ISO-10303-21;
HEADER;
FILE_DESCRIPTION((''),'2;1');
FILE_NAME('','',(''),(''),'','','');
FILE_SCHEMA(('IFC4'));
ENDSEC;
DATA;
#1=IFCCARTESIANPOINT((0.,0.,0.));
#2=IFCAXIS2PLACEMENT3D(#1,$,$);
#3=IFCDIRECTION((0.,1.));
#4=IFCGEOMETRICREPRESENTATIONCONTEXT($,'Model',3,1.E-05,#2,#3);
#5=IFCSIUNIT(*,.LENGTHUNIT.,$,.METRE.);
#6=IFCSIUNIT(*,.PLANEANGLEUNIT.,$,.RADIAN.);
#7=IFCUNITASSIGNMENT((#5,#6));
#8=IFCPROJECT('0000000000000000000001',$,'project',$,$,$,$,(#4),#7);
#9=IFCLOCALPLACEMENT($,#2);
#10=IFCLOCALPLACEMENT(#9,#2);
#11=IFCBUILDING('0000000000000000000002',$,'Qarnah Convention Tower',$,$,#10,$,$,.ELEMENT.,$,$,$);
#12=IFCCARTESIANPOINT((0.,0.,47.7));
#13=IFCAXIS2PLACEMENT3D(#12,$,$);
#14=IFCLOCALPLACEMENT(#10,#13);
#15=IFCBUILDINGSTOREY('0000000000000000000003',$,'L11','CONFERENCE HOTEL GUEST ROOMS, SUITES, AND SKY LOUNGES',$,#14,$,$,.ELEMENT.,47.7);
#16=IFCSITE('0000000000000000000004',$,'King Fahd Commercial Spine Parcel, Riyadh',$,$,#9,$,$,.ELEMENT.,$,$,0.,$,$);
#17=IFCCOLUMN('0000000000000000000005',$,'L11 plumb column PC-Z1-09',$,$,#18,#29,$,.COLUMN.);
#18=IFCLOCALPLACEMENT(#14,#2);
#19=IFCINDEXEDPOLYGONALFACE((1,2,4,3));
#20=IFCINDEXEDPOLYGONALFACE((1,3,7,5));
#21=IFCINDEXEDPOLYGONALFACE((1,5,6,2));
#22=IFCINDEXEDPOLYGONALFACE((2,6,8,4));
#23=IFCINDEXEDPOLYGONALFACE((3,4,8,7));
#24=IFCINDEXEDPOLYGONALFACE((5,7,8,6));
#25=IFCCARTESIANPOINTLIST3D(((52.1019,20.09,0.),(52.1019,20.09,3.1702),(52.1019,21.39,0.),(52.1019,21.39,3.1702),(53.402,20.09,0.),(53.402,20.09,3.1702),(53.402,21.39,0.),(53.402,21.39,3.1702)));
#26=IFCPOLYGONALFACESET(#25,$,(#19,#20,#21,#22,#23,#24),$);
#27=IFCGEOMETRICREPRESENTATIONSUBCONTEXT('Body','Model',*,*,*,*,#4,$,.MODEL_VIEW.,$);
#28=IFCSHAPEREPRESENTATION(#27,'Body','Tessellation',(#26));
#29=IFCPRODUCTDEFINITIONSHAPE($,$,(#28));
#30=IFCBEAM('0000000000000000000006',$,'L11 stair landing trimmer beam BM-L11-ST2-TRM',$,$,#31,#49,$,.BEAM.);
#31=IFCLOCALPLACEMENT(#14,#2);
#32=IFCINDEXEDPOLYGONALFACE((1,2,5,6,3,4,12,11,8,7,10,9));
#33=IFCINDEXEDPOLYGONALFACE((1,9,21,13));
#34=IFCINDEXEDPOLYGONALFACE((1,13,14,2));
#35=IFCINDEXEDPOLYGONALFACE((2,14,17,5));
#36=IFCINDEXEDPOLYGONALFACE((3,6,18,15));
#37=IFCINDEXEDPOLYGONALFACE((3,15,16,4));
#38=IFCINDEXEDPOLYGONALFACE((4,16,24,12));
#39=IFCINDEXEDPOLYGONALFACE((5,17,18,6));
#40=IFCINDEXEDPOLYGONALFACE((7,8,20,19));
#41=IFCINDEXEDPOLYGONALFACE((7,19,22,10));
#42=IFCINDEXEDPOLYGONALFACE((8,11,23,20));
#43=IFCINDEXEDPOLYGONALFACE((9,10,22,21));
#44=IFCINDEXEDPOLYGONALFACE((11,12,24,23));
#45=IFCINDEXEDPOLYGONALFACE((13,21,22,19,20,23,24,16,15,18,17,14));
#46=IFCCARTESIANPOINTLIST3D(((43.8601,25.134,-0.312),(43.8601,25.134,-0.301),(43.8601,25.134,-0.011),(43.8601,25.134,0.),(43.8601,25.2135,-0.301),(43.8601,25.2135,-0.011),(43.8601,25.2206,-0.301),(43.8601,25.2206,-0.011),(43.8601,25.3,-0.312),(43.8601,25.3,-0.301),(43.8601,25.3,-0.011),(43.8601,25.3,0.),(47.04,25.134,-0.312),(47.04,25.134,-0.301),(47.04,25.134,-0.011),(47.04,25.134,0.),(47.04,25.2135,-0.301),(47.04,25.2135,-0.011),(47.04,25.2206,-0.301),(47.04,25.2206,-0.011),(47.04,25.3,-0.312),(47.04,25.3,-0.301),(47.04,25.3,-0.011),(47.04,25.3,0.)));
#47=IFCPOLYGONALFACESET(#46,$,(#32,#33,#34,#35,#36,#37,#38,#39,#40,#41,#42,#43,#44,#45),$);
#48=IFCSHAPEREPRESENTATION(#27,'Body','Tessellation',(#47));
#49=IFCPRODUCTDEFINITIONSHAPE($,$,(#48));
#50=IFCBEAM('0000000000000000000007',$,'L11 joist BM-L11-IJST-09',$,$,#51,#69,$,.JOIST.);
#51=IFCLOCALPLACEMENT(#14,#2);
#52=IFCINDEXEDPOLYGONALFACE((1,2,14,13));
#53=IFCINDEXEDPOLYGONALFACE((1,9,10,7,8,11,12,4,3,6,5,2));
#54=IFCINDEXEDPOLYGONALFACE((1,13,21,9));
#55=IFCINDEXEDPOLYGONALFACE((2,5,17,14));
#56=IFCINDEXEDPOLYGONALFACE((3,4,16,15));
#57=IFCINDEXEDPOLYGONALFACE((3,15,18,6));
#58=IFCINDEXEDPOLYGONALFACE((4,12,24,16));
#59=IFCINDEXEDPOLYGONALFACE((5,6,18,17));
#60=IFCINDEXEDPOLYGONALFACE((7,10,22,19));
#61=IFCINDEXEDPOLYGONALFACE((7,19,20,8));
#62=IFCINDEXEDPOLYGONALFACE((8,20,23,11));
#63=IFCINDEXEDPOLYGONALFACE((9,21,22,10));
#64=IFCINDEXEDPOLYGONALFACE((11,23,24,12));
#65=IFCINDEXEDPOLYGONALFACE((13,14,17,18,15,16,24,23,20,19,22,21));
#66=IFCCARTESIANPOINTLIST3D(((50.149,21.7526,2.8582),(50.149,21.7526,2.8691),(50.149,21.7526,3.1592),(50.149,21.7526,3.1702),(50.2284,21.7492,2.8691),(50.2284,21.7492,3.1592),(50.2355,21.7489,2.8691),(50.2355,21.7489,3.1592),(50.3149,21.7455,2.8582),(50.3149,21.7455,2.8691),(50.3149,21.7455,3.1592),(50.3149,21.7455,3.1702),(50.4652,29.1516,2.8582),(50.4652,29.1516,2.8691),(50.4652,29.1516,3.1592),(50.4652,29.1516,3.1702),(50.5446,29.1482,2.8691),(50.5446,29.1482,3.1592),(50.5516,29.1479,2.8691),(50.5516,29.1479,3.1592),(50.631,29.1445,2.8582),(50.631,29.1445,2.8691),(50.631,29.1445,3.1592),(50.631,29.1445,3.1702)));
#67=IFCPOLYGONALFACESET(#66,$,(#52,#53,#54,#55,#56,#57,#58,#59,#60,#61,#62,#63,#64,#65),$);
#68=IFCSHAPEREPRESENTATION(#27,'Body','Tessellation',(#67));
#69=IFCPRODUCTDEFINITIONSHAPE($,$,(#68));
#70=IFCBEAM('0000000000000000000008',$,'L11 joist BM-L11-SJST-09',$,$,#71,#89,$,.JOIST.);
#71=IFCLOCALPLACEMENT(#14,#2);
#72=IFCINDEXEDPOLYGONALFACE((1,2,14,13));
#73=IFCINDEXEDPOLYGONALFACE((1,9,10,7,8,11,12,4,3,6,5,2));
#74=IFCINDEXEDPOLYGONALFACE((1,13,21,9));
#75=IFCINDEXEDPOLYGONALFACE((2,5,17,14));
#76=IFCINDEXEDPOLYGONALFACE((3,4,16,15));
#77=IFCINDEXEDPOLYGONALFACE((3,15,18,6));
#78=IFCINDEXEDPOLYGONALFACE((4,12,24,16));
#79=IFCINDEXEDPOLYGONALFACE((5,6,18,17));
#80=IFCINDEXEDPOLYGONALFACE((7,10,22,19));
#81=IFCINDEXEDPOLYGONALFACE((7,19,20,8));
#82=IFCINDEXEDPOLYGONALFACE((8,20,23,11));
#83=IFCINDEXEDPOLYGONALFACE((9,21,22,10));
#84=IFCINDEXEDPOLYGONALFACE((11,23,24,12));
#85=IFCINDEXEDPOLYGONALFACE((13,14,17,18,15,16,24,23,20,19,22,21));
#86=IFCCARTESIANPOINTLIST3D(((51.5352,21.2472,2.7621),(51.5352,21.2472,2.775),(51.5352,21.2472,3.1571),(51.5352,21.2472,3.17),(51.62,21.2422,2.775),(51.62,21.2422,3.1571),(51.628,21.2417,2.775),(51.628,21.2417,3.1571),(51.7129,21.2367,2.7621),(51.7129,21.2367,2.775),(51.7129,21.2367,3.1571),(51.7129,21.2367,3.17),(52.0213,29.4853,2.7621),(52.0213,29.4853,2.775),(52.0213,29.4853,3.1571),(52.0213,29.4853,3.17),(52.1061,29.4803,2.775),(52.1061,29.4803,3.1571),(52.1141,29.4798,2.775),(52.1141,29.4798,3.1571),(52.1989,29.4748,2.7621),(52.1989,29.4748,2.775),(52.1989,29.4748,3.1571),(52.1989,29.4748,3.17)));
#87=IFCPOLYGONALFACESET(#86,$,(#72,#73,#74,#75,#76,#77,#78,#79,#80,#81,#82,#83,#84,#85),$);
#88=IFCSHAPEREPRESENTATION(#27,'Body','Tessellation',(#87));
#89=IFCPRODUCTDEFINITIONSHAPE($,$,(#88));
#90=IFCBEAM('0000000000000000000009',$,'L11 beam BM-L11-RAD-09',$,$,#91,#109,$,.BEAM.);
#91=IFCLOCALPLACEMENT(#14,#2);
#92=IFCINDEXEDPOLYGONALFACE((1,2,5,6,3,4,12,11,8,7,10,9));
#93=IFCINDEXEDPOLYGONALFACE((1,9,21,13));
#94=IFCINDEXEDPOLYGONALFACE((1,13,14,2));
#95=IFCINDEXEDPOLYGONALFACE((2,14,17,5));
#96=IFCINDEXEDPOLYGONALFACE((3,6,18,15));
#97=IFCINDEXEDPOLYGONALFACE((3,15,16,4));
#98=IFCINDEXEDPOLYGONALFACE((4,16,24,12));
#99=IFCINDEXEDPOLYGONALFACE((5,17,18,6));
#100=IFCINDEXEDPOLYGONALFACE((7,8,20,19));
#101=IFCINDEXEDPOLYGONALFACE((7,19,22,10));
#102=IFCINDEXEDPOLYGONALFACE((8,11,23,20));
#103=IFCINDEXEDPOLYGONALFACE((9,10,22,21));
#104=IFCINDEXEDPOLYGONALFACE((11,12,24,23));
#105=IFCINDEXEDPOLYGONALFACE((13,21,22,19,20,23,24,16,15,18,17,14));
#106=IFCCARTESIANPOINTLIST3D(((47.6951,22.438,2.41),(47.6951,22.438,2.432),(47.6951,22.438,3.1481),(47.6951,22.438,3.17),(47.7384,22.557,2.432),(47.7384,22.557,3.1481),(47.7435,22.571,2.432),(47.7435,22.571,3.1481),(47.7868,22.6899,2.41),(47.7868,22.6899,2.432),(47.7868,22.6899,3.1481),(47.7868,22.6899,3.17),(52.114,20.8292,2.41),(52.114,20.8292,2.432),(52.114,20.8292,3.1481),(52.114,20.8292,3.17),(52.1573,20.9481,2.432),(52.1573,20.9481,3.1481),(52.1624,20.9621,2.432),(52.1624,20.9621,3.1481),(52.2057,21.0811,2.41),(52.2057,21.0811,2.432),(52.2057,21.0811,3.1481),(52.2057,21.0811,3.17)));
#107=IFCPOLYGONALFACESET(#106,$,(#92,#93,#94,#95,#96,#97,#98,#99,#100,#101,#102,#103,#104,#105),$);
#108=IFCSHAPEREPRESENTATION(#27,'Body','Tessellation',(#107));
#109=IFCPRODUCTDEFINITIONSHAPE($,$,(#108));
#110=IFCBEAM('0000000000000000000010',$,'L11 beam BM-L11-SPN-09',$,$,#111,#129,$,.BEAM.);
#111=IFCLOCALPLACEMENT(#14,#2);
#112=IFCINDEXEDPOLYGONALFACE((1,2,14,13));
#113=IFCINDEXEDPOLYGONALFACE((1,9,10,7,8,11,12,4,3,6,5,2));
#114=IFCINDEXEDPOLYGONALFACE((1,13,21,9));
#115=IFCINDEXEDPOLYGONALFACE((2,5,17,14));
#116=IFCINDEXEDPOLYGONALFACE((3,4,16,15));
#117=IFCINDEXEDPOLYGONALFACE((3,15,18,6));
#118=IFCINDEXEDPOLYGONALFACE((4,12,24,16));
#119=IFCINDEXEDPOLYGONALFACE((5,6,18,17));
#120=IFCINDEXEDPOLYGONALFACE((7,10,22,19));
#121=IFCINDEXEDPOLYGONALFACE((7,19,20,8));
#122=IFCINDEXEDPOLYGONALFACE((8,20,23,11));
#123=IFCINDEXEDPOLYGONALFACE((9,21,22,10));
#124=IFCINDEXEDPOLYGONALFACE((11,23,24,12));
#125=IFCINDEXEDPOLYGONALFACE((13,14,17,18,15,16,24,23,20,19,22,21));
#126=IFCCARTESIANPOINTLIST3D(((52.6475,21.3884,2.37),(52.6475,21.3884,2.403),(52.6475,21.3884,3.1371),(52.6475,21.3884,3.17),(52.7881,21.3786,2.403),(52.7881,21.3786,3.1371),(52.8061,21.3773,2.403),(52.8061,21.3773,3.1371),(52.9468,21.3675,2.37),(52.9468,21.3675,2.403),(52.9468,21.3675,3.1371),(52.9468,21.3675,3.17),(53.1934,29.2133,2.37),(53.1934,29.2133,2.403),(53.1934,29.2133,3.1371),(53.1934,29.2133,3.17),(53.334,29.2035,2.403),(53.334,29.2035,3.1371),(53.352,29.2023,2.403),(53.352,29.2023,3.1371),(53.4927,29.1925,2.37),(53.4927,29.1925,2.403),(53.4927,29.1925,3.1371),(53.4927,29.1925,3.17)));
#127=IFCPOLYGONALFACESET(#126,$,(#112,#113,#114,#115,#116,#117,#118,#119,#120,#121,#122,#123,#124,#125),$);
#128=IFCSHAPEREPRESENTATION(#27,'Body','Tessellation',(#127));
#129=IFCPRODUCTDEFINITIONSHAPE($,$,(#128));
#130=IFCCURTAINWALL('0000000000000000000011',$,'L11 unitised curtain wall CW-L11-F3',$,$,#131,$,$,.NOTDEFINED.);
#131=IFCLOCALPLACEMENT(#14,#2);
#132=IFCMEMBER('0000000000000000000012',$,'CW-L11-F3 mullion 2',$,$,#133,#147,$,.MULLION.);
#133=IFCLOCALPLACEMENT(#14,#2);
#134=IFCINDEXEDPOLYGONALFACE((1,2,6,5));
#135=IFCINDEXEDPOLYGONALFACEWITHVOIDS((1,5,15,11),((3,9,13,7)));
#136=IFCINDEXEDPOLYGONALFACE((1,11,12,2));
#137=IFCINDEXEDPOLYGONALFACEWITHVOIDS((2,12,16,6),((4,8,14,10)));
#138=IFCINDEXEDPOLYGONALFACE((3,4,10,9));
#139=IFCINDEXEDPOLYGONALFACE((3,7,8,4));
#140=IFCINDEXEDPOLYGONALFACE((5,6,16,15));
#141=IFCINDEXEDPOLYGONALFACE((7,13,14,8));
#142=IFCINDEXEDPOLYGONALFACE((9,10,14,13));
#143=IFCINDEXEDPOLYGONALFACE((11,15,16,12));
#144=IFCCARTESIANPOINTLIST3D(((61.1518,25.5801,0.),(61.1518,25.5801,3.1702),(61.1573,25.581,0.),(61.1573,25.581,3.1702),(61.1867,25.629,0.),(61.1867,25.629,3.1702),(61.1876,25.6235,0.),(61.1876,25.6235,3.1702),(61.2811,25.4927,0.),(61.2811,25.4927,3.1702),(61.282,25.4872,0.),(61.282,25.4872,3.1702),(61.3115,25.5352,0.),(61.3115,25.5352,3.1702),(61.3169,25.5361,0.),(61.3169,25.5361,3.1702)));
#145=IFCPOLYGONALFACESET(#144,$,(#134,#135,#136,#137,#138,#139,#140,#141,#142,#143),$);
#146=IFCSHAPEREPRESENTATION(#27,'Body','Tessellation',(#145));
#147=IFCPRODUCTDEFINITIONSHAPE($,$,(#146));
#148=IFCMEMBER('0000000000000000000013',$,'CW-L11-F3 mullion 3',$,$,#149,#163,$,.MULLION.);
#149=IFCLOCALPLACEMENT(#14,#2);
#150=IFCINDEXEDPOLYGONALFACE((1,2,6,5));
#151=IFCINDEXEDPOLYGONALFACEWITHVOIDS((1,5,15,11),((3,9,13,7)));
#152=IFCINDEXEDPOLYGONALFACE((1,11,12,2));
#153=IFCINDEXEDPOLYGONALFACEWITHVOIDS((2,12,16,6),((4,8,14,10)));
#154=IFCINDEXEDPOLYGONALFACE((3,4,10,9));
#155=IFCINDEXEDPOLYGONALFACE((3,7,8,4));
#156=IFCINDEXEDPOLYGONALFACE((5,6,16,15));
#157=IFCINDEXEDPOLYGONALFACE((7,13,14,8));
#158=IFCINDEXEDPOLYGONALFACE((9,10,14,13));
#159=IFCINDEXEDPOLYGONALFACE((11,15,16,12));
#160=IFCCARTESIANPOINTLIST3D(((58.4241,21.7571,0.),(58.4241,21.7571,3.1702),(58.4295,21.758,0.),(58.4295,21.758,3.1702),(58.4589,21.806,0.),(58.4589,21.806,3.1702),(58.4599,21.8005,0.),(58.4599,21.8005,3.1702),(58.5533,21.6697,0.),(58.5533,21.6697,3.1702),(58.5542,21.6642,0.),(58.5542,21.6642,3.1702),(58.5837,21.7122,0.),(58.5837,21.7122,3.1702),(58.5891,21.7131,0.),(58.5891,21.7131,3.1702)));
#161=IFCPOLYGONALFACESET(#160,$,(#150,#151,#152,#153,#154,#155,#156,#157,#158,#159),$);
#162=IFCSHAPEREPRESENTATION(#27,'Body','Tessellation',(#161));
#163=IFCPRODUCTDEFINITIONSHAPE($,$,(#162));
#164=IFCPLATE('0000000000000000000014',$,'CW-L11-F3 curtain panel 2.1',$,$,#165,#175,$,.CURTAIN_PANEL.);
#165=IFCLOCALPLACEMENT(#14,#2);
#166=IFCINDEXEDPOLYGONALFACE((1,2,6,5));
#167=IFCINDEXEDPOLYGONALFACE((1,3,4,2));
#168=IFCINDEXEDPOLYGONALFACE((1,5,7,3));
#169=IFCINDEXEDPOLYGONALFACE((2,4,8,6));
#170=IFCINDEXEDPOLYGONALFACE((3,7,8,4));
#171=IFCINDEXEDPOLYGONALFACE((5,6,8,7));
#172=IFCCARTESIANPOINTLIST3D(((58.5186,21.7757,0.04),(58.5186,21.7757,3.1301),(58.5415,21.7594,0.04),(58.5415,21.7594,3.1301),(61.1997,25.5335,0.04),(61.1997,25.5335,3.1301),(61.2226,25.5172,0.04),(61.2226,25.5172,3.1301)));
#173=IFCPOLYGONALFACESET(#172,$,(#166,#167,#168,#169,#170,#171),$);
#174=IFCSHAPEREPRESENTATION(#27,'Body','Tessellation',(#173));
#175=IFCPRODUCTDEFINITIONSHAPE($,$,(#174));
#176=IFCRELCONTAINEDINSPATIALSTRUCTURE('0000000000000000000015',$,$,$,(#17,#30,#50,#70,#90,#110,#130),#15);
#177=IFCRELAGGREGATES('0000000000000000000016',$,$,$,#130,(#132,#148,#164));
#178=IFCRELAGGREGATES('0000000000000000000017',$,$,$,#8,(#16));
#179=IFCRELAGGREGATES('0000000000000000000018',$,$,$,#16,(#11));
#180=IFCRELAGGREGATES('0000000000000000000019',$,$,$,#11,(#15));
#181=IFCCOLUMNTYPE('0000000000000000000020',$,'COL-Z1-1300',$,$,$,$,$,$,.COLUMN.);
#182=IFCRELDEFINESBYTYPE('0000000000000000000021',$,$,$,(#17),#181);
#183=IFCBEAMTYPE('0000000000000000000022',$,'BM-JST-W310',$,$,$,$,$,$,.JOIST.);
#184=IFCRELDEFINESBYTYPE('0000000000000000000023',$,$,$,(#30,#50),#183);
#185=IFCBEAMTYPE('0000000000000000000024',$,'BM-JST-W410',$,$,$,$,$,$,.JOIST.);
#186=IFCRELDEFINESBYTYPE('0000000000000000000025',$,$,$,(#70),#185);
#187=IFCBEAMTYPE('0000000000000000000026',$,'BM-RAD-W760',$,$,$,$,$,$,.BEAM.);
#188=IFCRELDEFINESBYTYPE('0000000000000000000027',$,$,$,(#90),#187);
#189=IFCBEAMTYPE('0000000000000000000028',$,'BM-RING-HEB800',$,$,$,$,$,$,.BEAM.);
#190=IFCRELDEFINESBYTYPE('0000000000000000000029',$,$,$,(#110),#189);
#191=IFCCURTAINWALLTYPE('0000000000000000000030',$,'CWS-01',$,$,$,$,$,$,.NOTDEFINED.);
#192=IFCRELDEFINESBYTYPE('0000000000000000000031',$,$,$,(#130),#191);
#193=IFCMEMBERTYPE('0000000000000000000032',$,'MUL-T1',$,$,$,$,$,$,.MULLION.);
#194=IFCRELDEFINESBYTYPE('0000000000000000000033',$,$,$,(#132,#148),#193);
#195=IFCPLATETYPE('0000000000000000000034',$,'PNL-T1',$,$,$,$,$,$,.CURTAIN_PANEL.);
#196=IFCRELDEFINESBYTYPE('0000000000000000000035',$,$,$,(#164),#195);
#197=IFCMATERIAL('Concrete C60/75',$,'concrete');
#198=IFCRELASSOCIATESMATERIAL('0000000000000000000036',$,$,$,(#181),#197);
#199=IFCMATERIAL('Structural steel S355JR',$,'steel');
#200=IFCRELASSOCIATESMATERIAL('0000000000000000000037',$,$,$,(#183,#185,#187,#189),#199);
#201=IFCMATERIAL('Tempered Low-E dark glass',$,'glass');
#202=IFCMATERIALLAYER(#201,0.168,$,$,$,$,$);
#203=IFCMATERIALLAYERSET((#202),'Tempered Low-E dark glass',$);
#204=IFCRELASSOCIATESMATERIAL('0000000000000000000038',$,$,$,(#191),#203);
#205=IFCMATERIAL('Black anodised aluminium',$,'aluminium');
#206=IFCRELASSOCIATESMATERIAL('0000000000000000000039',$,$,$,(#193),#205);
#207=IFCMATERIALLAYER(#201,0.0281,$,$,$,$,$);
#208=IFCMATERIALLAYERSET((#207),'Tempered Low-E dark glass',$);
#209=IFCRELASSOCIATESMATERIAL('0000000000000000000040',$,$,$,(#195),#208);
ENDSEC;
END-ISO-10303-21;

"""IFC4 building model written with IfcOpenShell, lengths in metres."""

from ifc_helpers import new_model, si_unit, direction, frame, origin, origin_2d, place, context, subcontext, project, spatial, rectangle, hollow_rectangle, i_section, extrude, material, layer, layer_set, material_profile, profile_set, type_object, element, aggregate, save


model = new_model("IFC4")

# Units and contexts
model_context = context("Model", 3, precision=1e-05, world=origin(), true_north=direction((0.0, 1.0)))
body_context = subcontext(model_context, "Body", "Model", "MODEL_VIEW")
ifc_project = project(units=[si_unit("LENGTHUNIT", "METRE"), si_unit("PLANEANGLEUNIT", "RADIAN")], contexts=[model_context])

# Site, building, storey
site_placement = place(None, origin())
site = spatial("IfcSite", under=ifc_project, at=site_placement, Name="King Fahd Commercial Spine Parcel, Riyadh", CompositionType="ELEMENT", RefElevation=0.0)
building_placement = place(site_placement, origin())
building = spatial("IfcBuilding", under=site, at=building_placement, Name="Qarnah Convention Tower", CompositionType="ELEMENT")
storey_placement = place(building_placement, frame((0.0, 0.0, 47.7)))
storey = spatial("IfcBuildingStorey", under=building, at=storey_placement, Name="L11", Description="CONFERENCE HOTEL GUEST ROOMS, SUITES, AND SKY LOUNGES", CompositionType="ELEMENT", Elevation=47.7)

# Column
ifc_material_1 = material(Name="Concrete C60/75", Category="concrete")
ifc_material_profile_1 = material_profile(ifc_material_1, rectangle(XDim=1.3, YDim=1.3, at=origin_2d()), Name="RC-COL-1300X1300")
ifc_profile_set_1 = profile_set([ifc_material_profile_1], Name="Concrete C60/75")
column_type = type_object("IfcColumnType", Name="COL-Z1-1300", PredefinedType="COLUMN", material=ifc_profile_set_1)
column_placement = place(storey_placement, frame((52.752, 20.74, 0.0), z_axis=(0.0, 0.0, 1.0), x_axis=(1.0, 0.0, 0.0)))
element("IfcColumn", 1, at=column_placement, inside=storey, type_object=column_type, Name="L11 plumb column PC-Z1-09", PredefinedType="COLUMN", context=body_context, shape_type="SweptSolid", body=[
    extrude(rectangle(XDim=1.3, YDim=1.3, at=origin_2d()), origin(), (0.0, 0.0, 1.0), 3.1702),
])

# Beams
ifc_material_2 = material(Name="Structural steel S355JR", Category="steel")
ifc_material_profile_2 = material_profile(ifc_material_2, i_section(OverallWidth=0.166, OverallDepth=0.312, WebThickness=0.0071, FlangeThickness=0.011, at=origin_2d()), Name="W310X45")
ifc_profile_set_2 = profile_set([ifc_material_profile_2], Name="Structural steel S355JR")
beam_type_1 = type_object("IfcBeamType", Name="BM-JST-W310", PredefinedType="JOIST", material=ifc_profile_set_2)
beam_1_placement = place(storey_placement, frame((43.8601, 25.217, -0.156), z_axis=(1.0, 0.0, 0.0), x_axis=(0.0, 1.0, 0.0)))
element("IfcBeam", 2, at=beam_1_placement, inside=storey, type_object=beam_type_1, Name="L11 stair landing trimmer beam BM-L11-ST2-TRM", PredefinedType="BEAM", context=body_context, shape_type="SweptSolid", body=[
    extrude(i_section(OverallWidth=0.166, OverallDepth=0.312, WebThickness=0.0071, FlangeThickness=0.011, at=origin_2d()), origin(), (0.0, 0.0, 1.0), 3.1799),
])
beam_2_placement = place(storey_placement, frame((50.2319, 21.749, 3.0142), z_axis=(0.042692, 0.999088, 0.0), x_axis=(-0.999088, 0.042692, 0.0)))
element("IfcBeam", 3, at=beam_2_placement, inside=storey, type_object=beam_type_1, Name="L11 joist BM-L11-IJST-09", PredefinedType="JOIST", context=body_context, shape_type="SweptSolid", body=[
    extrude(i_section(OverallWidth=0.166, OverallDepth=0.312, WebThickness=0.0071, FlangeThickness=0.011, at=origin_2d()), origin(), (0.0, 0.0, 1.0), 7.4058),
])
ifc_material_profile_3 = material_profile(ifc_material_2, i_section(OverallWidth=0.178, OverallDepth=0.408, WebThickness=0.0081, FlangeThickness=0.0129, at=origin_2d()), Name="W410X60")
ifc_profile_set_3 = profile_set([ifc_material_profile_3], Name="Structural steel S355JR")
beam_type_2 = type_object("IfcBeamType", Name="BM-JST-W410", PredefinedType="JOIST", material=ifc_profile_set_3)
beam_3_placement = place(storey_placement, frame((51.624, 21.2419, 2.9661), z_axis=(0.058902, 0.998264, 0.0), x_axis=(-0.998264, 0.058902, 0.0)))
element("IfcBeam", 4, at=beam_3_placement, inside=storey, type_object=beam_type_2, Name="L11 joist BM-L11-SJST-09", PredefinedType="JOIST", context=body_context, shape_type="SweptSolid", body=[
    extrude(i_section(OverallWidth=0.178, OverallDepth=0.408, WebThickness=0.0081, FlangeThickness=0.0129, at=origin_2d()), origin(), (0.0, 0.0, 1.0), 8.2524),
])
ifc_material_profile_4 = material_profile(ifc_material_2, i_section(OverallWidth=0.2681, OverallDepth=0.76, WebThickness=0.0149, FlangeThickness=0.022, at=origin_2d()), Name="W760X185")
ifc_profile_set_4 = profile_set([ifc_material_profile_4], Name="Structural steel S355JR")
beam_type_3 = type_object("IfcBeamType", Name="BM-RAD-W760", PredefinedType="BEAM", material=ifc_profile_set_4)
beam_4_placement = place(storey_placement, frame((47.741, 22.564, 2.79), z_axis=(0.939657, -0.342118, 0.0), x_axis=(0.342118, 0.939657, 0.0)))
element("IfcBeam", 5, at=beam_4_placement, inside=storey, type_object=beam_type_3, Name="L11 beam BM-L11-RAD-09", PredefinedType="BEAM", context=body_context, shape_type="SweptSolid", body=[
    extrude(i_section(OverallWidth=0.2681, OverallDepth=0.76, WebThickness=0.0149, FlangeThickness=0.022, at=origin_2d()), origin(), (0.0, 0.0, 1.0), 4.7026),
])
ifc_material_profile_5 = material_profile(ifc_material_2, i_section(OverallWidth=0.3, OverallDepth=0.8, WebThickness=0.0181, FlangeThickness=0.033, at=origin_2d()), Name="HEB800")
ifc_profile_set_5 = profile_set([ifc_material_profile_5], Name="Structural steel S355JR")
beam_type_4 = type_object("IfcBeamType", Name="BM-RING-HEB800", PredefinedType="BEAM", material=ifc_profile_set_5)
beam_5_placement = place(storey_placement, frame((52.7971, 21.3779, 2.77), z_axis=(0.069595, 0.997575, 0.0), x_axis=(-0.997575, 0.069595, 0.0)))
element("IfcBeam", 6, at=beam_5_placement, inside=storey, type_object=beam_type_4, Name="L11 beam BM-L11-SPN-09", PredefinedType="BEAM", context=body_context, shape_type="SweptSolid", body=[
    extrude(i_section(OverallWidth=0.3, OverallDepth=0.8, WebThickness=0.0181, FlangeThickness=0.033, at=origin_2d()), origin(), (0.0, 0.0, 1.0), 7.844),
])

# Curtain wall, members, plate
ifc_material_3 = material(Name="Tempered Low-E dark glass", Category="glass")
ifc_layer_1 = layer(ifc_material_3, 0.168)
ifc_layer_set_1 = layer_set([ifc_layer_1], Name="Tempered Low-E dark glass")
curtain_wall_type = type_object("IfcCurtainWallType", Name="CWS-01", PredefinedType="NOTDEFINED", material=ifc_layer_set_1)
curtain_wall_placement = place(storey_placement, origin())
curtain_wall = element("IfcCurtainWall", 7, at=curtain_wall_placement, inside=storey, type_object=curtain_wall_type, Name="L11 unitised curtain wall CW-L11-F3", PredefinedType="NOTDEFINED")
ifc_material_4 = material(Name="Black anodised aluminium", Category="aluminium")
ifc_material_profile_6 = material_profile(ifc_material_4, hollow_rectangle(XDim=0.0601, YDim=0.1599, WallThickness=0.0039, at=origin_2d()), Name="MUL-60X160")
ifc_profile_set_6 = profile_set([ifc_material_profile_6], Name="Black anodised aluminium")
member_type = type_object("IfcMemberType", Name="MUL-T1", PredefinedType="MULLION", material=ifc_profile_set_6)
member_1_placement = place(storey_placement, frame((61.2344, 25.5581, 0.0), z_axis=(0.0, 0.0, 1.0), x_axis=(-0.580808, -0.81404, 0.0)))
member_1 = element("IfcMember", 8, at=member_1_placement, type_object=member_type, Name="CW-L11-F3 mullion 2", PredefinedType="MULLION", context=body_context, shape_type="SweptSolid", body=[
    extrude(hollow_rectangle(XDim=0.0601, YDim=0.1599, WallThickness=0.0039, at=origin_2d()), origin(), (0.0, 0.0, 1.0), 3.1702),
])
member_2_placement = place(storey_placement, frame((58.5066, 21.7351, 0.0), z_axis=(0.0, 0.0, 1.0), x_axis=(-0.580808, -0.81404, 0.0)))
member_2 = element("IfcMember", 9, at=member_2_placement, type_object=member_type, Name="CW-L11-F3 mullion 3", PredefinedType="MULLION", context=body_context, shape_type="SweptSolid", body=[
    extrude(hollow_rectangle(XDim=0.0601, YDim=0.1599, WallThickness=0.0039, at=origin_2d()), origin(), (0.0, 0.0, 1.0), 3.1702),
])
ifc_layer_2 = layer(ifc_material_3, 0.0281)
ifc_layer_set_2 = layer_set([ifc_layer_2], Name="Tempered Low-E dark glass")
plate_type = type_object("IfcPlateType", Name="PNL-T1", PredefinedType="CURTAIN_PANEL", material=ifc_layer_set_2)
plate_1_placement = place(storey_placement, frame((59.8706, 23.6465, 0.04), z_axis=(0.0, 0.0, 1.0), x_axis=(-0.580808, -0.81404, 0.0)))
plate_1 = element("IfcPlate", 10, at=plate_1_placement, type_object=plate_type, Name="CW-L11-F3 curtain panel 2.1", PredefinedType="CURTAIN_PANEL", context=body_context, shape_type="SweptSolid", body=[
    extrude(rectangle(XDim=4.6162, YDim=0.0281, at=origin_2d()), origin(), (0.0, 0.0, 1.0), 3.0901),
])
aggregate(curtain_wall, [member_1, member_2, plate_1])

save(model, "model.ifc")
